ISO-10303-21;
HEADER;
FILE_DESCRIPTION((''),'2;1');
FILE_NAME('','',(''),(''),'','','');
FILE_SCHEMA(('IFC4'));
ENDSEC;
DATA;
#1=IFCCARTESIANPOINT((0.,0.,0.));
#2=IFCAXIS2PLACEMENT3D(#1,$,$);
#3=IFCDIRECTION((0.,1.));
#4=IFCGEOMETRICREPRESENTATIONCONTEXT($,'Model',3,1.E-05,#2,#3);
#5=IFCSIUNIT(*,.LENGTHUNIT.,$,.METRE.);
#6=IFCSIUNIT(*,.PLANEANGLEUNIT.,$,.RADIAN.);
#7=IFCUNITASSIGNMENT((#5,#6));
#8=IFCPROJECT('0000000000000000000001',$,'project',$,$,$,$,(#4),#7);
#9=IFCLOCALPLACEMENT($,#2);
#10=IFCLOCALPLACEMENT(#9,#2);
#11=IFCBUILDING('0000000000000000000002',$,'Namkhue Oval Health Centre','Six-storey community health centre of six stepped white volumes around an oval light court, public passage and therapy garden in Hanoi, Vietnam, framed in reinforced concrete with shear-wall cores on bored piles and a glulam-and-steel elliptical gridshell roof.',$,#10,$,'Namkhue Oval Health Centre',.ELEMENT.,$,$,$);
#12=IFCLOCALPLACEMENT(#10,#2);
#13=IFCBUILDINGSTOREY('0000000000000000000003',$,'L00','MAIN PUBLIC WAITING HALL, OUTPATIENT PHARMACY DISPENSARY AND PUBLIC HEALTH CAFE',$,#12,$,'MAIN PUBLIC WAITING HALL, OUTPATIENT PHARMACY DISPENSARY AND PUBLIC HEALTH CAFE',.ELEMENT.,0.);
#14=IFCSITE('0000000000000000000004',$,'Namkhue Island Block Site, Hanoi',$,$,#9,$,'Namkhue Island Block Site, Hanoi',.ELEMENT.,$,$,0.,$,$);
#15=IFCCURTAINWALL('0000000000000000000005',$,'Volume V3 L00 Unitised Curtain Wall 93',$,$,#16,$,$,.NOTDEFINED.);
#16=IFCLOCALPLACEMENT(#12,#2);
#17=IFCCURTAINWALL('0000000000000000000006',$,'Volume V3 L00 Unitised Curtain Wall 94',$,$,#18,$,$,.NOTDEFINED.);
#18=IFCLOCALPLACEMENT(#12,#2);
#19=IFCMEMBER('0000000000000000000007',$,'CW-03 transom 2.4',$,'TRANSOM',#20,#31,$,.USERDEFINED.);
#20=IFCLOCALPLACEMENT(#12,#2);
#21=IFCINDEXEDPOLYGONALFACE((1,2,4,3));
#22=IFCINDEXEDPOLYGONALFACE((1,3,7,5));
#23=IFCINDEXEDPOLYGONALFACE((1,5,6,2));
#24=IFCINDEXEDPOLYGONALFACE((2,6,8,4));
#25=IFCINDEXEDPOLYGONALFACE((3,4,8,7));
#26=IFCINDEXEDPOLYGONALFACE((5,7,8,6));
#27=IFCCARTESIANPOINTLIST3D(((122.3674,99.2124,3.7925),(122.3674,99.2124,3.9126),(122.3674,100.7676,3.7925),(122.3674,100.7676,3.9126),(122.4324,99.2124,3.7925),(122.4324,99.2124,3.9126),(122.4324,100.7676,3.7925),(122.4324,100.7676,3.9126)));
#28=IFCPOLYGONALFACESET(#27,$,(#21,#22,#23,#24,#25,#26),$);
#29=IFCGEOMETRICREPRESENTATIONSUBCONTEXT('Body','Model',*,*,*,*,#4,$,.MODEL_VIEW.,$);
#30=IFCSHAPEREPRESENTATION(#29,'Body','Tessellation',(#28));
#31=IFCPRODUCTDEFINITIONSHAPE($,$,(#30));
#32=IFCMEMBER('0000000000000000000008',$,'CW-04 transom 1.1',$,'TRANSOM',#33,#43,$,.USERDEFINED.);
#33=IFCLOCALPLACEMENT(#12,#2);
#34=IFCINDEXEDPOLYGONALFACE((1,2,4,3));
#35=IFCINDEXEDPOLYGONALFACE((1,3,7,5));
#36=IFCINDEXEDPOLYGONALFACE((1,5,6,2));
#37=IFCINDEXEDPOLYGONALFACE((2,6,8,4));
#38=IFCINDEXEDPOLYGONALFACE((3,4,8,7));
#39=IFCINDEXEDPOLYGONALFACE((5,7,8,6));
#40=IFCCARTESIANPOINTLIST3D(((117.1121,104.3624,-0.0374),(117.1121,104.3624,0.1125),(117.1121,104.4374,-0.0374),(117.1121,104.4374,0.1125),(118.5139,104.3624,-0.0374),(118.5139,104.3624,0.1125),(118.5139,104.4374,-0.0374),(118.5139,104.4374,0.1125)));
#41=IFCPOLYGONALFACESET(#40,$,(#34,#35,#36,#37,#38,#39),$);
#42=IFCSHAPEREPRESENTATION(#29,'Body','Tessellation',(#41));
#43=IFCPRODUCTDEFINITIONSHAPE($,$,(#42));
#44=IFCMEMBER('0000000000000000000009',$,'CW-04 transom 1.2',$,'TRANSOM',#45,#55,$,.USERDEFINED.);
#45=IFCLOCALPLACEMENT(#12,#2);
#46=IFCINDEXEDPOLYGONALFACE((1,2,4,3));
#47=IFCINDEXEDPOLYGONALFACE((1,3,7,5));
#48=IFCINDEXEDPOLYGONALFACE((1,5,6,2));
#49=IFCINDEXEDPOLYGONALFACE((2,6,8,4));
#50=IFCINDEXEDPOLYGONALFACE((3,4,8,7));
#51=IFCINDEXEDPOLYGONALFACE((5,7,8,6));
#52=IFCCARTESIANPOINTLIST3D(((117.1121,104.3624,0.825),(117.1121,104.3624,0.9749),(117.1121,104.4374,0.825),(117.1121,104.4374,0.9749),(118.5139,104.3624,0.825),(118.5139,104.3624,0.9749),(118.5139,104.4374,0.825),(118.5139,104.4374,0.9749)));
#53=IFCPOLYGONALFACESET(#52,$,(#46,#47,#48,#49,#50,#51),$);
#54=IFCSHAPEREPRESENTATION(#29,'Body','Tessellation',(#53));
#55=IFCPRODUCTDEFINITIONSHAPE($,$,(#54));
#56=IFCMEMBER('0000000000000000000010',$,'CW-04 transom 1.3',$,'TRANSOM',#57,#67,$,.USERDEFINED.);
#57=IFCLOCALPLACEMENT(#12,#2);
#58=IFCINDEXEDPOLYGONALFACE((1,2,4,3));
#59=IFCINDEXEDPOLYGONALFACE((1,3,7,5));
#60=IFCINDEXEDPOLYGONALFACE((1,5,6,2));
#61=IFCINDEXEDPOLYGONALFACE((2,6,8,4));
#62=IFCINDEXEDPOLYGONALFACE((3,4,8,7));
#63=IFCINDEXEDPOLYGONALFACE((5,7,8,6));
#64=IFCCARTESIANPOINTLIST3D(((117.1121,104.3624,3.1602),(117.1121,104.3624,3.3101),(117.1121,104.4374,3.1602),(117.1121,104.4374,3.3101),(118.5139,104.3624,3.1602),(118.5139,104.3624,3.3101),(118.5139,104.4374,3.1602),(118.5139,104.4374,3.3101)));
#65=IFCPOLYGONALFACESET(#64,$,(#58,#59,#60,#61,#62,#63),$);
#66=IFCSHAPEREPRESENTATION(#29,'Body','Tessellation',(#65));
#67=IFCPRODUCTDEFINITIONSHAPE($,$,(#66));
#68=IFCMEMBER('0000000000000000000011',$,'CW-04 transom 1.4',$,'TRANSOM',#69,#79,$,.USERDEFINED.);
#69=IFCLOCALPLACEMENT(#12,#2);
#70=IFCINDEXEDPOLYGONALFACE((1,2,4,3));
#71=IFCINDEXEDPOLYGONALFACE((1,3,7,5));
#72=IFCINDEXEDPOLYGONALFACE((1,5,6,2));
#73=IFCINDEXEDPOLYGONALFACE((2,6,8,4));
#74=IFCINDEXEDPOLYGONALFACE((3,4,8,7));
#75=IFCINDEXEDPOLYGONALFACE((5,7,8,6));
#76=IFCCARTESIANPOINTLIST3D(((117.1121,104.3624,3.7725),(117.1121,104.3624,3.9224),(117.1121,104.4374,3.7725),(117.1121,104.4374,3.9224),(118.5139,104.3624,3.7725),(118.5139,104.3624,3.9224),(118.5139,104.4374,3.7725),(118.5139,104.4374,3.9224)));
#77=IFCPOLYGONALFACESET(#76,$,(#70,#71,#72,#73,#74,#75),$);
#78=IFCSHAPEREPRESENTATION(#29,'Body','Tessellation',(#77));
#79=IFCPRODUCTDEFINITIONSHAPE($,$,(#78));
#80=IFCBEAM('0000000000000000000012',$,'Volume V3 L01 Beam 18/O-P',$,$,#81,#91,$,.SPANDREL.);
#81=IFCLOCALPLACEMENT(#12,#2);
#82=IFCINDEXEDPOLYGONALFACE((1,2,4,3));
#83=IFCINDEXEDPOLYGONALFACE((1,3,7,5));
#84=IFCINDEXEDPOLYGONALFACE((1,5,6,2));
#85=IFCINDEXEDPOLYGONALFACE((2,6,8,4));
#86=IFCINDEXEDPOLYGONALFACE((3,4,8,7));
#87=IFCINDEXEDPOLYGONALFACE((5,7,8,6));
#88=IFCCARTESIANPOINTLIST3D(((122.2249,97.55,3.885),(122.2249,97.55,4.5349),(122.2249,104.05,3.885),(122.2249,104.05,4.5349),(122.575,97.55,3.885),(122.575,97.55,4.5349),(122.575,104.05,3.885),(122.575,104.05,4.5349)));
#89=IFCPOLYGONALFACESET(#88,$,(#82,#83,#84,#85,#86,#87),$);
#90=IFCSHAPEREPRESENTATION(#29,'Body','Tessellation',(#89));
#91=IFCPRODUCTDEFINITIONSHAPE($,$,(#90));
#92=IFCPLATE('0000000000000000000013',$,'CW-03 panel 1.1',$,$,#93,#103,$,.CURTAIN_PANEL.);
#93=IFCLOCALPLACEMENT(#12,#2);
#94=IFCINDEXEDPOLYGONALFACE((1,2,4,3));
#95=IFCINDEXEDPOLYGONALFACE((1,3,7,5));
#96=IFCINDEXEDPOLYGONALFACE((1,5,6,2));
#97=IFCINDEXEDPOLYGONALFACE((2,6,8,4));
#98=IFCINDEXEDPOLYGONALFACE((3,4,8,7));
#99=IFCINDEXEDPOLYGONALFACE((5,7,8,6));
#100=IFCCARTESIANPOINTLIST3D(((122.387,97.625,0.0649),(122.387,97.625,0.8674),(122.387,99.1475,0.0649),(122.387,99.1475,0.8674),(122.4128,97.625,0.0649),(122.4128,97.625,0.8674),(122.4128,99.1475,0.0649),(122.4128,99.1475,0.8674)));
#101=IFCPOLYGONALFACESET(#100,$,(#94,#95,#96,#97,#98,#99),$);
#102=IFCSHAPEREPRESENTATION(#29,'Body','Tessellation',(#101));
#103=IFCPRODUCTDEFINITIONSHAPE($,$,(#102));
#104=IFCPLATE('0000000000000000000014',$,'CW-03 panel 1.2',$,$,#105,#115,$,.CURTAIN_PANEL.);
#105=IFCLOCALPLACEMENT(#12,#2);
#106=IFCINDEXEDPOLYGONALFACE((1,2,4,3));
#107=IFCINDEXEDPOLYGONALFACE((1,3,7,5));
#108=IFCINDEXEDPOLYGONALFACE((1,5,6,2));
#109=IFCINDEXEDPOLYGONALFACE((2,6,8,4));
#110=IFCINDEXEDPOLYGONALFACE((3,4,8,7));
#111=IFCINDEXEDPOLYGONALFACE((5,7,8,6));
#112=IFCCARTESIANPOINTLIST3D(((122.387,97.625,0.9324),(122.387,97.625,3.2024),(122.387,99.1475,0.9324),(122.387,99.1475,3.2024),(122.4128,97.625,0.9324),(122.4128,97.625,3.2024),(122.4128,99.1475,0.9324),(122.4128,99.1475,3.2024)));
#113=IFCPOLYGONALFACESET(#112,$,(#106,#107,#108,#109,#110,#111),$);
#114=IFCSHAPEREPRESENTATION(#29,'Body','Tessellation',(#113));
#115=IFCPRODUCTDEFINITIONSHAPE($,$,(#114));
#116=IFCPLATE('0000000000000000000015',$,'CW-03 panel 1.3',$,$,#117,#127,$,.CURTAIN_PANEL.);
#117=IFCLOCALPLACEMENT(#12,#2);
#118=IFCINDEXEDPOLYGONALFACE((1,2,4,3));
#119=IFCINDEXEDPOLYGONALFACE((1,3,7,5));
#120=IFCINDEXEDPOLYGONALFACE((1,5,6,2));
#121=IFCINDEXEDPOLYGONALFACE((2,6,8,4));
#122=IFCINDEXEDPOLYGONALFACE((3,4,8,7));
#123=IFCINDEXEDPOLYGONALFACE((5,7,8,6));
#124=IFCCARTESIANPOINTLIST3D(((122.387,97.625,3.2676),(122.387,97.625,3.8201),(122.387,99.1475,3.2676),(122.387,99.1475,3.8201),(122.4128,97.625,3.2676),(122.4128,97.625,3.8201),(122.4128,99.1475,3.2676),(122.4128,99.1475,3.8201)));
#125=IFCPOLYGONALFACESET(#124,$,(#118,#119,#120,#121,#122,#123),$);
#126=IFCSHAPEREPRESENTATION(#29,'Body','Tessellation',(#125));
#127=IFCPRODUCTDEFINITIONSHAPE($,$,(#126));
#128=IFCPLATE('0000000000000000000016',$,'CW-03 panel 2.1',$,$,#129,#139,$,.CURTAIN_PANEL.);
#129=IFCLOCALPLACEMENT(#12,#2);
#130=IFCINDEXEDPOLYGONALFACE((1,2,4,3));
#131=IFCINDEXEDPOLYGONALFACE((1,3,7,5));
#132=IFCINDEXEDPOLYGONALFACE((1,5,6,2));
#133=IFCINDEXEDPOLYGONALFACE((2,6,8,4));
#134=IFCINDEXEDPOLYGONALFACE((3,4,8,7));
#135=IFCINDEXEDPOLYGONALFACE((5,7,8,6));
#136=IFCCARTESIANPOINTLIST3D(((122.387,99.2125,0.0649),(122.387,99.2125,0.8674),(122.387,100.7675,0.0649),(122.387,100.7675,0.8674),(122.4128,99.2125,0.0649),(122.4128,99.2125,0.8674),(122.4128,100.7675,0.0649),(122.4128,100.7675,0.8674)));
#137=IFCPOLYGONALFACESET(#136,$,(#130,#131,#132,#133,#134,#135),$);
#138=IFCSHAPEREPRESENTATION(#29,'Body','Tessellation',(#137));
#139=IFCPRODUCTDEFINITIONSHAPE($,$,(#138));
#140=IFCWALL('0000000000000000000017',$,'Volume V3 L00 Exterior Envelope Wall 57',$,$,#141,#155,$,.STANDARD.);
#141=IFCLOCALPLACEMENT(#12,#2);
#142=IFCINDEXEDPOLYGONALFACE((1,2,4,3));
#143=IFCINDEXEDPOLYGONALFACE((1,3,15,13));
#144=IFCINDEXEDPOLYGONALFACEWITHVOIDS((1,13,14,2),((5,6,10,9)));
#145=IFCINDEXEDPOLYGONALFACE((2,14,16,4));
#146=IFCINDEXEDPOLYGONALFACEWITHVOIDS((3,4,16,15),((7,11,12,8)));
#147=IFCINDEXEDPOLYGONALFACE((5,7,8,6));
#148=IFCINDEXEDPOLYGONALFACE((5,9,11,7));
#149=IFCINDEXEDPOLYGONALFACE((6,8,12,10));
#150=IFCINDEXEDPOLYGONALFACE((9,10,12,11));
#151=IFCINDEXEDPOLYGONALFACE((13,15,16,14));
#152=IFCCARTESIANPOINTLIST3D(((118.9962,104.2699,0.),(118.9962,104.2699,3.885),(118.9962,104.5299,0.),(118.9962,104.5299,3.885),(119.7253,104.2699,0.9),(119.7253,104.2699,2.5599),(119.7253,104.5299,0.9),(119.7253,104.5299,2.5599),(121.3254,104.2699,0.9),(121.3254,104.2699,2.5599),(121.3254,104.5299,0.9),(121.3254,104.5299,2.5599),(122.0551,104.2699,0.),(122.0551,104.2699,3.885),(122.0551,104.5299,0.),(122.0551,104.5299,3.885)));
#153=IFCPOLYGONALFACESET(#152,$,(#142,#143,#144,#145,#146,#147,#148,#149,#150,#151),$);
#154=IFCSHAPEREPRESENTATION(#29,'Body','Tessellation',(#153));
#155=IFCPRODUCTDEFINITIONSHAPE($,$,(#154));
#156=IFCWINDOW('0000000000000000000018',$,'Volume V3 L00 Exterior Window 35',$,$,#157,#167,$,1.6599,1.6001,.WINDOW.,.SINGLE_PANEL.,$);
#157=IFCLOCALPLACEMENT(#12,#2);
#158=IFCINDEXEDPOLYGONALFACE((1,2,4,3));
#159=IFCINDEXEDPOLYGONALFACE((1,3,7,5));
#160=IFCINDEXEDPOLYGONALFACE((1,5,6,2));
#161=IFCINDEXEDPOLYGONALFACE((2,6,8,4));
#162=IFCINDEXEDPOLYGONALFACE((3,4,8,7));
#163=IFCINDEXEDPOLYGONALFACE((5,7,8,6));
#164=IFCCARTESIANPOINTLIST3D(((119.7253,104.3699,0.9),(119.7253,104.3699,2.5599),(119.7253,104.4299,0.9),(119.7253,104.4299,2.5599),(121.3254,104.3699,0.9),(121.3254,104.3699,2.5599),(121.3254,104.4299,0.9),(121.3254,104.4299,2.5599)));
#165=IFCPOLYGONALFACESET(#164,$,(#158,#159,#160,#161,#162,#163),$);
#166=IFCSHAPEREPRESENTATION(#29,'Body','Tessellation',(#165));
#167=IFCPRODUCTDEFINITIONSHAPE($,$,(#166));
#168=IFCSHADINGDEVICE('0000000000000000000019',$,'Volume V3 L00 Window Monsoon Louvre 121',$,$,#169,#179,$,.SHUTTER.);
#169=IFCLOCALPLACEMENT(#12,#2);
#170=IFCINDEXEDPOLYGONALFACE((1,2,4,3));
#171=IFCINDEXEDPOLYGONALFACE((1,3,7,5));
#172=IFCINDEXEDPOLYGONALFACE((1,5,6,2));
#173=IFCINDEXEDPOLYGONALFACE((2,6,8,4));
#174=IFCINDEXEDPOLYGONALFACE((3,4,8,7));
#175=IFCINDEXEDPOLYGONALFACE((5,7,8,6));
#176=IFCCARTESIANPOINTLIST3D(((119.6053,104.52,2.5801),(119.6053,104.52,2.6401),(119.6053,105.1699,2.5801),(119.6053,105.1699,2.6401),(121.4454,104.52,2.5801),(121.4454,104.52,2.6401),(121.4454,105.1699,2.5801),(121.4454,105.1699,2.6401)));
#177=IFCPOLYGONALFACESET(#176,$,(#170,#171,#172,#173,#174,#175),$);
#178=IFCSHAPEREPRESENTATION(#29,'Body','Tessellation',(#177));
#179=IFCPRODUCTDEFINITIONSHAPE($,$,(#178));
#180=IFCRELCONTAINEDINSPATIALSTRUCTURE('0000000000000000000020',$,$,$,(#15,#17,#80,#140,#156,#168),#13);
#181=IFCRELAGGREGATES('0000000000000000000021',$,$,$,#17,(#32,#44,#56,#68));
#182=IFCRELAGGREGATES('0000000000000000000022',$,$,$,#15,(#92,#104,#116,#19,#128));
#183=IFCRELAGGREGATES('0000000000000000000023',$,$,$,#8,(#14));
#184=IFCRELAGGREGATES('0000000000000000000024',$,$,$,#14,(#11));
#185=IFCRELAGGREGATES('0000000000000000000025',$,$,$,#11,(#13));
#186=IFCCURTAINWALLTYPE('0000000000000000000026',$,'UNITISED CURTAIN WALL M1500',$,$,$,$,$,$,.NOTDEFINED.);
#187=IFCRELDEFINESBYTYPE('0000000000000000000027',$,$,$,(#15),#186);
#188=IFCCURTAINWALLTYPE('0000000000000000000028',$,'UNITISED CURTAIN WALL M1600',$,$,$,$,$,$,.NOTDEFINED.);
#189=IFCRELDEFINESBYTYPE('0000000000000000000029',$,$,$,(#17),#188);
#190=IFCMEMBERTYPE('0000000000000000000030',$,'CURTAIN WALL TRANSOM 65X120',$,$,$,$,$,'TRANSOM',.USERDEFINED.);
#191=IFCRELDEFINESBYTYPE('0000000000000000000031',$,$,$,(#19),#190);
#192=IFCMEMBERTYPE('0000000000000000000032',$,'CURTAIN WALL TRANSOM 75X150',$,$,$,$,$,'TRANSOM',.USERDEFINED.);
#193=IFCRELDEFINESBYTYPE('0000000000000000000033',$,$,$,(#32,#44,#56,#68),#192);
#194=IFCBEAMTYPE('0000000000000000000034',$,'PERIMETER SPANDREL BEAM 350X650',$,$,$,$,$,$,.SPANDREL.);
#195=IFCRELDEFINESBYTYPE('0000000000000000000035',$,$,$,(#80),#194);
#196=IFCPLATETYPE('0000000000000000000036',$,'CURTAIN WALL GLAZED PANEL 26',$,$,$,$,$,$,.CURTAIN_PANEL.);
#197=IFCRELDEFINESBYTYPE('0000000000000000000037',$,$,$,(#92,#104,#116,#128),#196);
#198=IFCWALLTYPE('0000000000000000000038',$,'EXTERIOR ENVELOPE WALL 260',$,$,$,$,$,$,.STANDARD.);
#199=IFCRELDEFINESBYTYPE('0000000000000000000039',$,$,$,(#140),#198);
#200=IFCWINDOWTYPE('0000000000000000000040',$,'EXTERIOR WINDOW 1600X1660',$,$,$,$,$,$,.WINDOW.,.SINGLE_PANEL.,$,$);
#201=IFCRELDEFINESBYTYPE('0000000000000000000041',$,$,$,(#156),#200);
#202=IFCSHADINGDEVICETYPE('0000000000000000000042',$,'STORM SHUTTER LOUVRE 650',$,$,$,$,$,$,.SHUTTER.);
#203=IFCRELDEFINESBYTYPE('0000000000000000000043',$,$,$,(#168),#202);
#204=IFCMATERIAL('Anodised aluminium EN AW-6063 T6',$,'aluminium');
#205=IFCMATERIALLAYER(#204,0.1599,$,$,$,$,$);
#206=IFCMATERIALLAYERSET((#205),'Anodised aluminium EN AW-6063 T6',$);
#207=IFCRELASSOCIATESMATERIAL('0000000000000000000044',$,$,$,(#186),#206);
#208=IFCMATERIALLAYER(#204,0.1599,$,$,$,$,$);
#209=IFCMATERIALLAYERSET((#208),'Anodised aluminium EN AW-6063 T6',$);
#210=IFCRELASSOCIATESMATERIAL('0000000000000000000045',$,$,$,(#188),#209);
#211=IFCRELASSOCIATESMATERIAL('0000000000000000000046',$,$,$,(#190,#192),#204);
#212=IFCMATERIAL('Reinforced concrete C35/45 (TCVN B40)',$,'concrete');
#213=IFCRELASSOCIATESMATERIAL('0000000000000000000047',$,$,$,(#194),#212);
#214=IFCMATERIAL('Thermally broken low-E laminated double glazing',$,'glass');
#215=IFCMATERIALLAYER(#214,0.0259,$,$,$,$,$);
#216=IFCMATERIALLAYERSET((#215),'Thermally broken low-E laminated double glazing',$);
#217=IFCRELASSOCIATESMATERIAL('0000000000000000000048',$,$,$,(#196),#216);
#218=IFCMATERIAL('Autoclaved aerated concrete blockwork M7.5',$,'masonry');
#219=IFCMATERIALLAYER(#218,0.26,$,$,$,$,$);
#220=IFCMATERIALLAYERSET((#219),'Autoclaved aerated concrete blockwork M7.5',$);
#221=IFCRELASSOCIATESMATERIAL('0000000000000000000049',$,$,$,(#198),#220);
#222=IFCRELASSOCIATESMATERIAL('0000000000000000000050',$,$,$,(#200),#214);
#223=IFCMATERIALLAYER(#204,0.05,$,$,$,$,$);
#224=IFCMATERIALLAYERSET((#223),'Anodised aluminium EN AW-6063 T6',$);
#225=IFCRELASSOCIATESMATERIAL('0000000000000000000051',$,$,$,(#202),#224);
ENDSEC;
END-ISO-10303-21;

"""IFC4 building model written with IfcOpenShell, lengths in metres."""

from ifc_helpers import new_model, si_unit, direction, frame, frame_2d, origin, origin_2d, place, context, subcontext, project, spatial, rectangle, extrude, material, layer, layer_set, material_profile, profile_set, type_object, element, fill, aggregate, save


model = new_model("IFC4")

# Units and contexts
model_context = context("Model", 3, precision=1e-05, world=origin(), true_north=direction((0.0, 1.0)))
body_context = subcontext(model_context, "Body", "Model", "MODEL_VIEW")
ifc_project = project(units=[si_unit("LENGTHUNIT", "METRE"), si_unit("PLANEANGLEUNIT", "RADIAN")], contexts=[model_context])

# Site, building, storey
site_placement = place(None, origin())
site = spatial("IfcSite", under=ifc_project, at=site_placement, Name="Namkhue Island Block Site, Hanoi", LongName="Namkhue Island Block Site, Hanoi", CompositionType="ELEMENT", RefElevation=0.0)
building_placement = place(site_placement, origin())
building = spatial("IfcBuilding", under=site, at=building_placement, Name="Namkhue Oval Health Centre", Description="Six-storey community health centre of six stepped white volumes around an oval light court, public passage and therapy garden in Hanoi, Vietnam, framed in reinforced concrete with shear-wall cores on bored piles and a glulam-and-steel elliptical gridshell roof.", LongName="Namkhue Oval Health Centre", CompositionType="ELEMENT")
storey_placement = place(building_placement, origin())
storey = spatial("IfcBuildingStorey", under=building, at=storey_placement, Name="L00", Description="MAIN PUBLIC WAITING HALL, OUTPATIENT PHARMACY DISPENSARY AND PUBLIC HEALTH CAFE", LongName="MAIN PUBLIC WAITING HALL, OUTPATIENT PHARMACY DISPENSARY AND PUBLIC HEALTH CAFE", CompositionType="ELEMENT", Elevation=0.0)

# Shared definitions
ifc_material_1 = material(Name="Reinforced concrete C35/45 (TCVN B40)", Category="concrete")

# Curtain wall
ifc_material_2 = material(Name="Anodised aluminium EN AW-6063 T6", Category="aluminium")
ifc_layer_1 = layer(ifc_material_2, 0.1599)
ifc_layer_set_1 = layer_set([ifc_layer_1], Name="Anodised aluminium EN AW-6063 T6")
curtain_wall_type_1 = type_object("IfcCurtainWallType", Name="UNITISED CURTAIN WALL M1500", PredefinedType="NOTDEFINED", material=ifc_layer_set_1)
curtain_wall_1_placement = place(storey_placement, origin())
curtain_wall_1 = element("IfcCurtainWall", 1, at=curtain_wall_1_placement, inside=storey, type_object=curtain_wall_type_1, Name="Volume V3 L00 Unitised Curtain Wall 93", PredefinedType="NOTDEFINED")

# Curtain wall
ifc_layer_2 = layer(ifc_material_2, 0.1599)
ifc_layer_set_2 = layer_set([ifc_layer_2], Name="Anodised aluminium EN AW-6063 T6")
curtain_wall_type_2 = type_object("IfcCurtainWallType", Name="UNITISED CURTAIN WALL M1600", PredefinedType="NOTDEFINED", material=ifc_layer_set_2)
curtain_wall_2_placement = place(storey_placement, origin())
curtain_wall_2 = element("IfcCurtainWall", 2, at=curtain_wall_2_placement, inside=storey, type_object=curtain_wall_type_2, Name="Volume V3 L00 Unitised Curtain Wall 94", PredefinedType="NOTDEFINED")

# Members
ifc_material_profile_1 = material_profile(ifc_material_2, rectangle(XDim=0.0649, YDim=0.1201, at=origin_2d()), Name="ALU 65x120")
ifc_profile_set_1 = profile_set([ifc_material_profile_1], Name="Anodised aluminium EN AW-6063 T6")
member_type_1 = type_object("IfcMemberType", Name="CURTAIN WALL TRANSOM 65X120", ElementType="TRANSOM", PredefinedType="USERDEFINED", material=ifc_profile_set_1)
member_1_placement = place(storey_placement, frame((122.3999, 99.2124, 3.8525), z_axis=(0.0, 1.0, 0.0), x_axis=(-1.0, 0.0, 0.0)))
member_1 = element("IfcMember", 3, at=member_1_placement, type_object=member_type_1, Name="CW-03 transom 2.4", ObjectType="TRANSOM", PredefinedType="USERDEFINED", context=body_context, shape_type="SweptSolid", body=[
    extrude(rectangle(XDim=0.0649, YDim=0.1201, at=origin_2d()), origin(), (0.0, 0.0, 1.0), 1.5552),
])
ifc_material_profile_2 = material_profile(ifc_material_2, rectangle(XDim=0.075, YDim=0.1499, at=origin_2d()), Name="ALU 75x150")
ifc_profile_set_2 = profile_set([ifc_material_profile_2], Name="Anodised aluminium EN AW-6063 T6")
member_type_2 = type_object("IfcMemberType", Name="CURTAIN WALL TRANSOM 75X150", ElementType="TRANSOM", PredefinedType="USERDEFINED", material=ifc_profile_set_2)
member_2_placement = place(storey_placement, frame((118.5139, 104.3999, 0.0376), z_axis=(-1.0, 0.0, 0.0), x_axis=(0.0, -1.0, 0.0)))
member_2 = element("IfcMember", 4, at=member_2_placement, type_object=member_type_2, Name="CW-04 transom 1.1", ObjectType="TRANSOM", PredefinedType="USERDEFINED", context=body_context, shape_type="SweptSolid", body=[
    extrude(rectangle(XDim=0.075, YDim=0.1499, at=origin_2d()), origin(), (0.0, 0.0, 1.0), 1.4019),
])
member_3_placement = place(storey_placement, frame((118.5139, 104.3999, 0.8999), z_axis=(-1.0, 0.0, 0.0), x_axis=(0.0, -1.0, 0.0)))
member_3 = element("IfcMember", 5, at=member_3_placement, type_object=member_type_2, Name="CW-04 transom 1.2", ObjectType="TRANSOM", PredefinedType="USERDEFINED", context=body_context, shape_type="SweptSolid", body=[
    extrude(rectangle(XDim=0.075, YDim=0.1499, at=origin_2d()), origin(), (0.0, 0.0, 1.0), 1.4019),
])
member_4_placement = place(storey_placement, frame((118.5139, 104.3999, 3.2351), z_axis=(-1.0, 0.0, 0.0), x_axis=(0.0, -1.0, 0.0)))
member_4 = element("IfcMember", 6, at=member_4_placement, type_object=member_type_2, Name="CW-04 transom 1.3", ObjectType="TRANSOM", PredefinedType="USERDEFINED", context=body_context, shape_type="SweptSolid", body=[
    extrude(rectangle(XDim=0.075, YDim=0.1499, at=origin_2d()), origin(), (0.0, 0.0, 1.0), 1.4019),
])
member_5_placement = place(storey_placement, frame((118.5139, 104.3999, 3.8474), z_axis=(-1.0, 0.0, 0.0), x_axis=(0.0, -1.0, 0.0)))
member_5 = element("IfcMember", 7, at=member_5_placement, type_object=member_type_2, Name="CW-04 transom 1.4", ObjectType="TRANSOM", PredefinedType="USERDEFINED", context=body_context, shape_type="SweptSolid", body=[
    extrude(rectangle(XDim=0.075, YDim=0.1499, at=origin_2d()), origin(), (0.0, 0.0, 1.0), 1.4019),
])
aggregate(curtain_wall_2, [member_2, member_3, member_4, member_5])

# Beam
ifc_material_profile_3 = material_profile(ifc_material_1, rectangle(XDim=0.3501, YDim=0.6499, at=origin_2d()), Name="RC 350x650")
ifc_profile_set_3 = profile_set([ifc_material_profile_3], Name="Reinforced concrete C35/45 (TCVN B40)")
beam_type = type_object("IfcBeamType", Name="PERIMETER SPANDREL BEAM 350X650", PredefinedType="SPANDREL", material=ifc_profile_set_3)
beam_placement = place(storey_placement, frame((122.3999, 97.55, 4.21), z_axis=(0.0, 1.0, 0.0), x_axis=(-1.0, 0.0, 0.0)))
element("IfcBeam", 8, at=beam_placement, inside=storey, type_object=beam_type, Name="Volume V3 L01 Beam 18/O-P", PredefinedType="SPANDREL", context=body_context, shape_type="SweptSolid", body=[
    extrude(rectangle(XDim=0.3501, YDim=0.6499, at=origin_2d()), origin(), (0.0, 0.0, 1.0), 6.5),
])

# Plates
ifc_material_3 = material(Name="Thermally broken low-E laminated double glazing", Category="glass")
ifc_layer_3 = layer(ifc_material_3, 0.0259)
ifc_layer_set_3 = layer_set([ifc_layer_3], Name="Thermally broken low-E laminated double glazing")
plate_type = type_object("IfcPlateType", Name="CURTAIN WALL GLAZED PANEL 26", PredefinedType="CURTAIN_PANEL", material=ifc_layer_set_3)
plate_1_placement = place(storey_placement, frame((122.3999, 98.3862, 0.0649), z_axis=(0.0, 0.0, 1.0), x_axis=(0.0, 1.0, 0.0)))
plate_1 = element("IfcPlate", 9, at=plate_1_placement, type_object=plate_type, Name="CW-03 panel 1.1", PredefinedType="CURTAIN_PANEL", context=body_context, shape_type="SweptSolid", body=[
    extrude(rectangle(XDim=1.5225, YDim=0.0259, at=origin_2d()), origin(), (0.0, 0.0, 1.0), 0.8025),
])
plate_2_placement = place(storey_placement, frame((122.3999, 98.3862, 0.9324), z_axis=(0.0, 0.0, 1.0), x_axis=(0.0, 1.0, 0.0)))
plate_2 = element("IfcPlate", 10, at=plate_2_placement, type_object=plate_type, Name="CW-03 panel 1.2", PredefinedType="CURTAIN_PANEL", context=body_context, shape_type="SweptSolid", body=[
    extrude(rectangle(XDim=1.5225, YDim=0.0259, at=origin_2d()), origin(), (0.0, 0.0, 1.0), 2.27),
])
plate_3_placement = place(storey_placement, frame((122.3999, 98.3862, 3.2676), z_axis=(0.0, 0.0, 1.0), x_axis=(0.0, 1.0, 0.0)))
plate_3 = element("IfcPlate", 11, at=plate_3_placement, type_object=plate_type, Name="CW-03 panel 1.3", PredefinedType="CURTAIN_PANEL", context=body_context, shape_type="SweptSolid", body=[
    extrude(rectangle(XDim=1.5225, YDim=0.0259, at=origin_2d()), origin(), (0.0, 0.0, 1.0), 0.5525),
])
plate_4_placement = place(storey_placement, frame((122.3999, 99.99, 0.0649), z_axis=(0.0, 0.0, 1.0), x_axis=(0.0, 1.0, 0.0)))
plate_4 = element("IfcPlate", 12, at=plate_4_placement, type_object=plate_type, Name="CW-03 panel 2.1", PredefinedType="CURTAIN_PANEL", context=body_context, shape_type="SweptSolid", body=[
    extrude(rectangle(XDim=1.5549, YDim=0.0259, at=origin_2d()), origin(), (0.0, 0.0, 1.0), 0.8025),
])
aggregate(curtain_wall_1, [plate_1, plate_2, plate_3, member_1, plate_4])

# Wall, opening, window
ifc_material_4 = material(Name="Autoclaved aerated concrete blockwork M7.5", Category="masonry")
ifc_layer_4 = layer(ifc_material_4, 0.26)
ifc_layer_set_4 = layer_set([ifc_layer_4], Name="Autoclaved aerated concrete blockwork M7.5")
wall_type = type_object("IfcWallType", Name="EXTERIOR ENVELOPE WALL 260", PredefinedType="STANDARD", material=ifc_layer_set_4)
wall_placement = place(storey_placement, frame((122.0549, 104.3999, 0.0), z_axis=(0.0, 0.0, 1.0), x_axis=(-1.0, 0.0, 0.0)))
wall = element("IfcWall", 13, at=wall_placement, inside=storey, type_object=wall_type, Name="Volume V3 L00 Exterior Envelope Wall 57", PredefinedType="STANDARD", context=body_context, shape_type="SweptSolid", body=[
    extrude(rectangle(XDim=3.0588, YDim=0.26, at=frame_2d((1.5293, 0.0))), origin(), (0.0, 0.0, 1.0), 3.885),
])
opening_placement = place(wall_placement, frame((0.7295, 0.0, 0.8999)))
opening = element("IfcOpeningElement", 14, at=opening_placement, cuts=wall, PredefinedType="OPENING", context=body_context, shape_type="SweptSolid", body=[
    extrude(rectangle(XDim=1.6001, YDim=1.6599, at=frame_2d((0.8, 0.8301))), frame((0.0, 0.1399, 0.0), z_axis=(0.0, -1.0, 0.0), x_axis=(1.0, 0.0, 0.0)), (0.0, 0.0, 1.0), 0.28),
])
window_type = type_object("IfcWindowType", Name="EXTERIOR WINDOW 1600X1660", PartitioningType="SINGLE_PANEL", PredefinedType="WINDOW", material=ifc_material_3)
window_placement = place(opening_placement, origin())
window = element("IfcWindow", 15, at=window_placement, inside=storey, type_object=window_type, Name="Volume V3 L00 Exterior Window 35", OverallHeight=1.6599, OverallWidth=1.6001, PartitioningType="SINGLE_PANEL", PredefinedType="WINDOW", context=body_context, shape_type="SweptSolid", body=[
    extrude(rectangle(XDim=1.6001, YDim=1.6599, at=frame_2d((0.8, 0.8301))), frame((0.0, 0.03, 0.0), z_axis=(0.0, -1.0, 0.0), x_axis=(1.0, 0.0, 0.0)), (0.0, 0.0, 1.0), 0.0601),
])
fill(opening, window)

# Shading device
ifc_layer_5 = layer(ifc_material_2, 0.05)
ifc_layer_set_5 = layer_set([ifc_layer_5], Name="Anodised aluminium EN AW-6063 T6")
shading_device_type = type_object("IfcShadingDeviceType", Name="STORM SHUTTER LOUVRE 650", PredefinedType="SHUTTER", material=ifc_layer_set_5)
shading_device_placement = place(storey_placement, frame((120.5254, 104.845, 2.5801), z_axis=(0.0, 0.0, 1.0), x_axis=(-1.0, 0.0, 0.0)))
element("IfcShadingDevice", 16, at=shading_device_placement, inside=storey, type_object=shading_device_type, Name="Volume V3 L00 Window Monsoon Louvre 121", PredefinedType="SHUTTER", context=body_context, shape_type="SweptSolid", body=[
    extrude(rectangle(XDim=1.8401, YDim=0.6499, at=origin_2d()), origin(), (0.0, 0.0, 1.0), 0.0601),
])

save(model, "model.ifc")
